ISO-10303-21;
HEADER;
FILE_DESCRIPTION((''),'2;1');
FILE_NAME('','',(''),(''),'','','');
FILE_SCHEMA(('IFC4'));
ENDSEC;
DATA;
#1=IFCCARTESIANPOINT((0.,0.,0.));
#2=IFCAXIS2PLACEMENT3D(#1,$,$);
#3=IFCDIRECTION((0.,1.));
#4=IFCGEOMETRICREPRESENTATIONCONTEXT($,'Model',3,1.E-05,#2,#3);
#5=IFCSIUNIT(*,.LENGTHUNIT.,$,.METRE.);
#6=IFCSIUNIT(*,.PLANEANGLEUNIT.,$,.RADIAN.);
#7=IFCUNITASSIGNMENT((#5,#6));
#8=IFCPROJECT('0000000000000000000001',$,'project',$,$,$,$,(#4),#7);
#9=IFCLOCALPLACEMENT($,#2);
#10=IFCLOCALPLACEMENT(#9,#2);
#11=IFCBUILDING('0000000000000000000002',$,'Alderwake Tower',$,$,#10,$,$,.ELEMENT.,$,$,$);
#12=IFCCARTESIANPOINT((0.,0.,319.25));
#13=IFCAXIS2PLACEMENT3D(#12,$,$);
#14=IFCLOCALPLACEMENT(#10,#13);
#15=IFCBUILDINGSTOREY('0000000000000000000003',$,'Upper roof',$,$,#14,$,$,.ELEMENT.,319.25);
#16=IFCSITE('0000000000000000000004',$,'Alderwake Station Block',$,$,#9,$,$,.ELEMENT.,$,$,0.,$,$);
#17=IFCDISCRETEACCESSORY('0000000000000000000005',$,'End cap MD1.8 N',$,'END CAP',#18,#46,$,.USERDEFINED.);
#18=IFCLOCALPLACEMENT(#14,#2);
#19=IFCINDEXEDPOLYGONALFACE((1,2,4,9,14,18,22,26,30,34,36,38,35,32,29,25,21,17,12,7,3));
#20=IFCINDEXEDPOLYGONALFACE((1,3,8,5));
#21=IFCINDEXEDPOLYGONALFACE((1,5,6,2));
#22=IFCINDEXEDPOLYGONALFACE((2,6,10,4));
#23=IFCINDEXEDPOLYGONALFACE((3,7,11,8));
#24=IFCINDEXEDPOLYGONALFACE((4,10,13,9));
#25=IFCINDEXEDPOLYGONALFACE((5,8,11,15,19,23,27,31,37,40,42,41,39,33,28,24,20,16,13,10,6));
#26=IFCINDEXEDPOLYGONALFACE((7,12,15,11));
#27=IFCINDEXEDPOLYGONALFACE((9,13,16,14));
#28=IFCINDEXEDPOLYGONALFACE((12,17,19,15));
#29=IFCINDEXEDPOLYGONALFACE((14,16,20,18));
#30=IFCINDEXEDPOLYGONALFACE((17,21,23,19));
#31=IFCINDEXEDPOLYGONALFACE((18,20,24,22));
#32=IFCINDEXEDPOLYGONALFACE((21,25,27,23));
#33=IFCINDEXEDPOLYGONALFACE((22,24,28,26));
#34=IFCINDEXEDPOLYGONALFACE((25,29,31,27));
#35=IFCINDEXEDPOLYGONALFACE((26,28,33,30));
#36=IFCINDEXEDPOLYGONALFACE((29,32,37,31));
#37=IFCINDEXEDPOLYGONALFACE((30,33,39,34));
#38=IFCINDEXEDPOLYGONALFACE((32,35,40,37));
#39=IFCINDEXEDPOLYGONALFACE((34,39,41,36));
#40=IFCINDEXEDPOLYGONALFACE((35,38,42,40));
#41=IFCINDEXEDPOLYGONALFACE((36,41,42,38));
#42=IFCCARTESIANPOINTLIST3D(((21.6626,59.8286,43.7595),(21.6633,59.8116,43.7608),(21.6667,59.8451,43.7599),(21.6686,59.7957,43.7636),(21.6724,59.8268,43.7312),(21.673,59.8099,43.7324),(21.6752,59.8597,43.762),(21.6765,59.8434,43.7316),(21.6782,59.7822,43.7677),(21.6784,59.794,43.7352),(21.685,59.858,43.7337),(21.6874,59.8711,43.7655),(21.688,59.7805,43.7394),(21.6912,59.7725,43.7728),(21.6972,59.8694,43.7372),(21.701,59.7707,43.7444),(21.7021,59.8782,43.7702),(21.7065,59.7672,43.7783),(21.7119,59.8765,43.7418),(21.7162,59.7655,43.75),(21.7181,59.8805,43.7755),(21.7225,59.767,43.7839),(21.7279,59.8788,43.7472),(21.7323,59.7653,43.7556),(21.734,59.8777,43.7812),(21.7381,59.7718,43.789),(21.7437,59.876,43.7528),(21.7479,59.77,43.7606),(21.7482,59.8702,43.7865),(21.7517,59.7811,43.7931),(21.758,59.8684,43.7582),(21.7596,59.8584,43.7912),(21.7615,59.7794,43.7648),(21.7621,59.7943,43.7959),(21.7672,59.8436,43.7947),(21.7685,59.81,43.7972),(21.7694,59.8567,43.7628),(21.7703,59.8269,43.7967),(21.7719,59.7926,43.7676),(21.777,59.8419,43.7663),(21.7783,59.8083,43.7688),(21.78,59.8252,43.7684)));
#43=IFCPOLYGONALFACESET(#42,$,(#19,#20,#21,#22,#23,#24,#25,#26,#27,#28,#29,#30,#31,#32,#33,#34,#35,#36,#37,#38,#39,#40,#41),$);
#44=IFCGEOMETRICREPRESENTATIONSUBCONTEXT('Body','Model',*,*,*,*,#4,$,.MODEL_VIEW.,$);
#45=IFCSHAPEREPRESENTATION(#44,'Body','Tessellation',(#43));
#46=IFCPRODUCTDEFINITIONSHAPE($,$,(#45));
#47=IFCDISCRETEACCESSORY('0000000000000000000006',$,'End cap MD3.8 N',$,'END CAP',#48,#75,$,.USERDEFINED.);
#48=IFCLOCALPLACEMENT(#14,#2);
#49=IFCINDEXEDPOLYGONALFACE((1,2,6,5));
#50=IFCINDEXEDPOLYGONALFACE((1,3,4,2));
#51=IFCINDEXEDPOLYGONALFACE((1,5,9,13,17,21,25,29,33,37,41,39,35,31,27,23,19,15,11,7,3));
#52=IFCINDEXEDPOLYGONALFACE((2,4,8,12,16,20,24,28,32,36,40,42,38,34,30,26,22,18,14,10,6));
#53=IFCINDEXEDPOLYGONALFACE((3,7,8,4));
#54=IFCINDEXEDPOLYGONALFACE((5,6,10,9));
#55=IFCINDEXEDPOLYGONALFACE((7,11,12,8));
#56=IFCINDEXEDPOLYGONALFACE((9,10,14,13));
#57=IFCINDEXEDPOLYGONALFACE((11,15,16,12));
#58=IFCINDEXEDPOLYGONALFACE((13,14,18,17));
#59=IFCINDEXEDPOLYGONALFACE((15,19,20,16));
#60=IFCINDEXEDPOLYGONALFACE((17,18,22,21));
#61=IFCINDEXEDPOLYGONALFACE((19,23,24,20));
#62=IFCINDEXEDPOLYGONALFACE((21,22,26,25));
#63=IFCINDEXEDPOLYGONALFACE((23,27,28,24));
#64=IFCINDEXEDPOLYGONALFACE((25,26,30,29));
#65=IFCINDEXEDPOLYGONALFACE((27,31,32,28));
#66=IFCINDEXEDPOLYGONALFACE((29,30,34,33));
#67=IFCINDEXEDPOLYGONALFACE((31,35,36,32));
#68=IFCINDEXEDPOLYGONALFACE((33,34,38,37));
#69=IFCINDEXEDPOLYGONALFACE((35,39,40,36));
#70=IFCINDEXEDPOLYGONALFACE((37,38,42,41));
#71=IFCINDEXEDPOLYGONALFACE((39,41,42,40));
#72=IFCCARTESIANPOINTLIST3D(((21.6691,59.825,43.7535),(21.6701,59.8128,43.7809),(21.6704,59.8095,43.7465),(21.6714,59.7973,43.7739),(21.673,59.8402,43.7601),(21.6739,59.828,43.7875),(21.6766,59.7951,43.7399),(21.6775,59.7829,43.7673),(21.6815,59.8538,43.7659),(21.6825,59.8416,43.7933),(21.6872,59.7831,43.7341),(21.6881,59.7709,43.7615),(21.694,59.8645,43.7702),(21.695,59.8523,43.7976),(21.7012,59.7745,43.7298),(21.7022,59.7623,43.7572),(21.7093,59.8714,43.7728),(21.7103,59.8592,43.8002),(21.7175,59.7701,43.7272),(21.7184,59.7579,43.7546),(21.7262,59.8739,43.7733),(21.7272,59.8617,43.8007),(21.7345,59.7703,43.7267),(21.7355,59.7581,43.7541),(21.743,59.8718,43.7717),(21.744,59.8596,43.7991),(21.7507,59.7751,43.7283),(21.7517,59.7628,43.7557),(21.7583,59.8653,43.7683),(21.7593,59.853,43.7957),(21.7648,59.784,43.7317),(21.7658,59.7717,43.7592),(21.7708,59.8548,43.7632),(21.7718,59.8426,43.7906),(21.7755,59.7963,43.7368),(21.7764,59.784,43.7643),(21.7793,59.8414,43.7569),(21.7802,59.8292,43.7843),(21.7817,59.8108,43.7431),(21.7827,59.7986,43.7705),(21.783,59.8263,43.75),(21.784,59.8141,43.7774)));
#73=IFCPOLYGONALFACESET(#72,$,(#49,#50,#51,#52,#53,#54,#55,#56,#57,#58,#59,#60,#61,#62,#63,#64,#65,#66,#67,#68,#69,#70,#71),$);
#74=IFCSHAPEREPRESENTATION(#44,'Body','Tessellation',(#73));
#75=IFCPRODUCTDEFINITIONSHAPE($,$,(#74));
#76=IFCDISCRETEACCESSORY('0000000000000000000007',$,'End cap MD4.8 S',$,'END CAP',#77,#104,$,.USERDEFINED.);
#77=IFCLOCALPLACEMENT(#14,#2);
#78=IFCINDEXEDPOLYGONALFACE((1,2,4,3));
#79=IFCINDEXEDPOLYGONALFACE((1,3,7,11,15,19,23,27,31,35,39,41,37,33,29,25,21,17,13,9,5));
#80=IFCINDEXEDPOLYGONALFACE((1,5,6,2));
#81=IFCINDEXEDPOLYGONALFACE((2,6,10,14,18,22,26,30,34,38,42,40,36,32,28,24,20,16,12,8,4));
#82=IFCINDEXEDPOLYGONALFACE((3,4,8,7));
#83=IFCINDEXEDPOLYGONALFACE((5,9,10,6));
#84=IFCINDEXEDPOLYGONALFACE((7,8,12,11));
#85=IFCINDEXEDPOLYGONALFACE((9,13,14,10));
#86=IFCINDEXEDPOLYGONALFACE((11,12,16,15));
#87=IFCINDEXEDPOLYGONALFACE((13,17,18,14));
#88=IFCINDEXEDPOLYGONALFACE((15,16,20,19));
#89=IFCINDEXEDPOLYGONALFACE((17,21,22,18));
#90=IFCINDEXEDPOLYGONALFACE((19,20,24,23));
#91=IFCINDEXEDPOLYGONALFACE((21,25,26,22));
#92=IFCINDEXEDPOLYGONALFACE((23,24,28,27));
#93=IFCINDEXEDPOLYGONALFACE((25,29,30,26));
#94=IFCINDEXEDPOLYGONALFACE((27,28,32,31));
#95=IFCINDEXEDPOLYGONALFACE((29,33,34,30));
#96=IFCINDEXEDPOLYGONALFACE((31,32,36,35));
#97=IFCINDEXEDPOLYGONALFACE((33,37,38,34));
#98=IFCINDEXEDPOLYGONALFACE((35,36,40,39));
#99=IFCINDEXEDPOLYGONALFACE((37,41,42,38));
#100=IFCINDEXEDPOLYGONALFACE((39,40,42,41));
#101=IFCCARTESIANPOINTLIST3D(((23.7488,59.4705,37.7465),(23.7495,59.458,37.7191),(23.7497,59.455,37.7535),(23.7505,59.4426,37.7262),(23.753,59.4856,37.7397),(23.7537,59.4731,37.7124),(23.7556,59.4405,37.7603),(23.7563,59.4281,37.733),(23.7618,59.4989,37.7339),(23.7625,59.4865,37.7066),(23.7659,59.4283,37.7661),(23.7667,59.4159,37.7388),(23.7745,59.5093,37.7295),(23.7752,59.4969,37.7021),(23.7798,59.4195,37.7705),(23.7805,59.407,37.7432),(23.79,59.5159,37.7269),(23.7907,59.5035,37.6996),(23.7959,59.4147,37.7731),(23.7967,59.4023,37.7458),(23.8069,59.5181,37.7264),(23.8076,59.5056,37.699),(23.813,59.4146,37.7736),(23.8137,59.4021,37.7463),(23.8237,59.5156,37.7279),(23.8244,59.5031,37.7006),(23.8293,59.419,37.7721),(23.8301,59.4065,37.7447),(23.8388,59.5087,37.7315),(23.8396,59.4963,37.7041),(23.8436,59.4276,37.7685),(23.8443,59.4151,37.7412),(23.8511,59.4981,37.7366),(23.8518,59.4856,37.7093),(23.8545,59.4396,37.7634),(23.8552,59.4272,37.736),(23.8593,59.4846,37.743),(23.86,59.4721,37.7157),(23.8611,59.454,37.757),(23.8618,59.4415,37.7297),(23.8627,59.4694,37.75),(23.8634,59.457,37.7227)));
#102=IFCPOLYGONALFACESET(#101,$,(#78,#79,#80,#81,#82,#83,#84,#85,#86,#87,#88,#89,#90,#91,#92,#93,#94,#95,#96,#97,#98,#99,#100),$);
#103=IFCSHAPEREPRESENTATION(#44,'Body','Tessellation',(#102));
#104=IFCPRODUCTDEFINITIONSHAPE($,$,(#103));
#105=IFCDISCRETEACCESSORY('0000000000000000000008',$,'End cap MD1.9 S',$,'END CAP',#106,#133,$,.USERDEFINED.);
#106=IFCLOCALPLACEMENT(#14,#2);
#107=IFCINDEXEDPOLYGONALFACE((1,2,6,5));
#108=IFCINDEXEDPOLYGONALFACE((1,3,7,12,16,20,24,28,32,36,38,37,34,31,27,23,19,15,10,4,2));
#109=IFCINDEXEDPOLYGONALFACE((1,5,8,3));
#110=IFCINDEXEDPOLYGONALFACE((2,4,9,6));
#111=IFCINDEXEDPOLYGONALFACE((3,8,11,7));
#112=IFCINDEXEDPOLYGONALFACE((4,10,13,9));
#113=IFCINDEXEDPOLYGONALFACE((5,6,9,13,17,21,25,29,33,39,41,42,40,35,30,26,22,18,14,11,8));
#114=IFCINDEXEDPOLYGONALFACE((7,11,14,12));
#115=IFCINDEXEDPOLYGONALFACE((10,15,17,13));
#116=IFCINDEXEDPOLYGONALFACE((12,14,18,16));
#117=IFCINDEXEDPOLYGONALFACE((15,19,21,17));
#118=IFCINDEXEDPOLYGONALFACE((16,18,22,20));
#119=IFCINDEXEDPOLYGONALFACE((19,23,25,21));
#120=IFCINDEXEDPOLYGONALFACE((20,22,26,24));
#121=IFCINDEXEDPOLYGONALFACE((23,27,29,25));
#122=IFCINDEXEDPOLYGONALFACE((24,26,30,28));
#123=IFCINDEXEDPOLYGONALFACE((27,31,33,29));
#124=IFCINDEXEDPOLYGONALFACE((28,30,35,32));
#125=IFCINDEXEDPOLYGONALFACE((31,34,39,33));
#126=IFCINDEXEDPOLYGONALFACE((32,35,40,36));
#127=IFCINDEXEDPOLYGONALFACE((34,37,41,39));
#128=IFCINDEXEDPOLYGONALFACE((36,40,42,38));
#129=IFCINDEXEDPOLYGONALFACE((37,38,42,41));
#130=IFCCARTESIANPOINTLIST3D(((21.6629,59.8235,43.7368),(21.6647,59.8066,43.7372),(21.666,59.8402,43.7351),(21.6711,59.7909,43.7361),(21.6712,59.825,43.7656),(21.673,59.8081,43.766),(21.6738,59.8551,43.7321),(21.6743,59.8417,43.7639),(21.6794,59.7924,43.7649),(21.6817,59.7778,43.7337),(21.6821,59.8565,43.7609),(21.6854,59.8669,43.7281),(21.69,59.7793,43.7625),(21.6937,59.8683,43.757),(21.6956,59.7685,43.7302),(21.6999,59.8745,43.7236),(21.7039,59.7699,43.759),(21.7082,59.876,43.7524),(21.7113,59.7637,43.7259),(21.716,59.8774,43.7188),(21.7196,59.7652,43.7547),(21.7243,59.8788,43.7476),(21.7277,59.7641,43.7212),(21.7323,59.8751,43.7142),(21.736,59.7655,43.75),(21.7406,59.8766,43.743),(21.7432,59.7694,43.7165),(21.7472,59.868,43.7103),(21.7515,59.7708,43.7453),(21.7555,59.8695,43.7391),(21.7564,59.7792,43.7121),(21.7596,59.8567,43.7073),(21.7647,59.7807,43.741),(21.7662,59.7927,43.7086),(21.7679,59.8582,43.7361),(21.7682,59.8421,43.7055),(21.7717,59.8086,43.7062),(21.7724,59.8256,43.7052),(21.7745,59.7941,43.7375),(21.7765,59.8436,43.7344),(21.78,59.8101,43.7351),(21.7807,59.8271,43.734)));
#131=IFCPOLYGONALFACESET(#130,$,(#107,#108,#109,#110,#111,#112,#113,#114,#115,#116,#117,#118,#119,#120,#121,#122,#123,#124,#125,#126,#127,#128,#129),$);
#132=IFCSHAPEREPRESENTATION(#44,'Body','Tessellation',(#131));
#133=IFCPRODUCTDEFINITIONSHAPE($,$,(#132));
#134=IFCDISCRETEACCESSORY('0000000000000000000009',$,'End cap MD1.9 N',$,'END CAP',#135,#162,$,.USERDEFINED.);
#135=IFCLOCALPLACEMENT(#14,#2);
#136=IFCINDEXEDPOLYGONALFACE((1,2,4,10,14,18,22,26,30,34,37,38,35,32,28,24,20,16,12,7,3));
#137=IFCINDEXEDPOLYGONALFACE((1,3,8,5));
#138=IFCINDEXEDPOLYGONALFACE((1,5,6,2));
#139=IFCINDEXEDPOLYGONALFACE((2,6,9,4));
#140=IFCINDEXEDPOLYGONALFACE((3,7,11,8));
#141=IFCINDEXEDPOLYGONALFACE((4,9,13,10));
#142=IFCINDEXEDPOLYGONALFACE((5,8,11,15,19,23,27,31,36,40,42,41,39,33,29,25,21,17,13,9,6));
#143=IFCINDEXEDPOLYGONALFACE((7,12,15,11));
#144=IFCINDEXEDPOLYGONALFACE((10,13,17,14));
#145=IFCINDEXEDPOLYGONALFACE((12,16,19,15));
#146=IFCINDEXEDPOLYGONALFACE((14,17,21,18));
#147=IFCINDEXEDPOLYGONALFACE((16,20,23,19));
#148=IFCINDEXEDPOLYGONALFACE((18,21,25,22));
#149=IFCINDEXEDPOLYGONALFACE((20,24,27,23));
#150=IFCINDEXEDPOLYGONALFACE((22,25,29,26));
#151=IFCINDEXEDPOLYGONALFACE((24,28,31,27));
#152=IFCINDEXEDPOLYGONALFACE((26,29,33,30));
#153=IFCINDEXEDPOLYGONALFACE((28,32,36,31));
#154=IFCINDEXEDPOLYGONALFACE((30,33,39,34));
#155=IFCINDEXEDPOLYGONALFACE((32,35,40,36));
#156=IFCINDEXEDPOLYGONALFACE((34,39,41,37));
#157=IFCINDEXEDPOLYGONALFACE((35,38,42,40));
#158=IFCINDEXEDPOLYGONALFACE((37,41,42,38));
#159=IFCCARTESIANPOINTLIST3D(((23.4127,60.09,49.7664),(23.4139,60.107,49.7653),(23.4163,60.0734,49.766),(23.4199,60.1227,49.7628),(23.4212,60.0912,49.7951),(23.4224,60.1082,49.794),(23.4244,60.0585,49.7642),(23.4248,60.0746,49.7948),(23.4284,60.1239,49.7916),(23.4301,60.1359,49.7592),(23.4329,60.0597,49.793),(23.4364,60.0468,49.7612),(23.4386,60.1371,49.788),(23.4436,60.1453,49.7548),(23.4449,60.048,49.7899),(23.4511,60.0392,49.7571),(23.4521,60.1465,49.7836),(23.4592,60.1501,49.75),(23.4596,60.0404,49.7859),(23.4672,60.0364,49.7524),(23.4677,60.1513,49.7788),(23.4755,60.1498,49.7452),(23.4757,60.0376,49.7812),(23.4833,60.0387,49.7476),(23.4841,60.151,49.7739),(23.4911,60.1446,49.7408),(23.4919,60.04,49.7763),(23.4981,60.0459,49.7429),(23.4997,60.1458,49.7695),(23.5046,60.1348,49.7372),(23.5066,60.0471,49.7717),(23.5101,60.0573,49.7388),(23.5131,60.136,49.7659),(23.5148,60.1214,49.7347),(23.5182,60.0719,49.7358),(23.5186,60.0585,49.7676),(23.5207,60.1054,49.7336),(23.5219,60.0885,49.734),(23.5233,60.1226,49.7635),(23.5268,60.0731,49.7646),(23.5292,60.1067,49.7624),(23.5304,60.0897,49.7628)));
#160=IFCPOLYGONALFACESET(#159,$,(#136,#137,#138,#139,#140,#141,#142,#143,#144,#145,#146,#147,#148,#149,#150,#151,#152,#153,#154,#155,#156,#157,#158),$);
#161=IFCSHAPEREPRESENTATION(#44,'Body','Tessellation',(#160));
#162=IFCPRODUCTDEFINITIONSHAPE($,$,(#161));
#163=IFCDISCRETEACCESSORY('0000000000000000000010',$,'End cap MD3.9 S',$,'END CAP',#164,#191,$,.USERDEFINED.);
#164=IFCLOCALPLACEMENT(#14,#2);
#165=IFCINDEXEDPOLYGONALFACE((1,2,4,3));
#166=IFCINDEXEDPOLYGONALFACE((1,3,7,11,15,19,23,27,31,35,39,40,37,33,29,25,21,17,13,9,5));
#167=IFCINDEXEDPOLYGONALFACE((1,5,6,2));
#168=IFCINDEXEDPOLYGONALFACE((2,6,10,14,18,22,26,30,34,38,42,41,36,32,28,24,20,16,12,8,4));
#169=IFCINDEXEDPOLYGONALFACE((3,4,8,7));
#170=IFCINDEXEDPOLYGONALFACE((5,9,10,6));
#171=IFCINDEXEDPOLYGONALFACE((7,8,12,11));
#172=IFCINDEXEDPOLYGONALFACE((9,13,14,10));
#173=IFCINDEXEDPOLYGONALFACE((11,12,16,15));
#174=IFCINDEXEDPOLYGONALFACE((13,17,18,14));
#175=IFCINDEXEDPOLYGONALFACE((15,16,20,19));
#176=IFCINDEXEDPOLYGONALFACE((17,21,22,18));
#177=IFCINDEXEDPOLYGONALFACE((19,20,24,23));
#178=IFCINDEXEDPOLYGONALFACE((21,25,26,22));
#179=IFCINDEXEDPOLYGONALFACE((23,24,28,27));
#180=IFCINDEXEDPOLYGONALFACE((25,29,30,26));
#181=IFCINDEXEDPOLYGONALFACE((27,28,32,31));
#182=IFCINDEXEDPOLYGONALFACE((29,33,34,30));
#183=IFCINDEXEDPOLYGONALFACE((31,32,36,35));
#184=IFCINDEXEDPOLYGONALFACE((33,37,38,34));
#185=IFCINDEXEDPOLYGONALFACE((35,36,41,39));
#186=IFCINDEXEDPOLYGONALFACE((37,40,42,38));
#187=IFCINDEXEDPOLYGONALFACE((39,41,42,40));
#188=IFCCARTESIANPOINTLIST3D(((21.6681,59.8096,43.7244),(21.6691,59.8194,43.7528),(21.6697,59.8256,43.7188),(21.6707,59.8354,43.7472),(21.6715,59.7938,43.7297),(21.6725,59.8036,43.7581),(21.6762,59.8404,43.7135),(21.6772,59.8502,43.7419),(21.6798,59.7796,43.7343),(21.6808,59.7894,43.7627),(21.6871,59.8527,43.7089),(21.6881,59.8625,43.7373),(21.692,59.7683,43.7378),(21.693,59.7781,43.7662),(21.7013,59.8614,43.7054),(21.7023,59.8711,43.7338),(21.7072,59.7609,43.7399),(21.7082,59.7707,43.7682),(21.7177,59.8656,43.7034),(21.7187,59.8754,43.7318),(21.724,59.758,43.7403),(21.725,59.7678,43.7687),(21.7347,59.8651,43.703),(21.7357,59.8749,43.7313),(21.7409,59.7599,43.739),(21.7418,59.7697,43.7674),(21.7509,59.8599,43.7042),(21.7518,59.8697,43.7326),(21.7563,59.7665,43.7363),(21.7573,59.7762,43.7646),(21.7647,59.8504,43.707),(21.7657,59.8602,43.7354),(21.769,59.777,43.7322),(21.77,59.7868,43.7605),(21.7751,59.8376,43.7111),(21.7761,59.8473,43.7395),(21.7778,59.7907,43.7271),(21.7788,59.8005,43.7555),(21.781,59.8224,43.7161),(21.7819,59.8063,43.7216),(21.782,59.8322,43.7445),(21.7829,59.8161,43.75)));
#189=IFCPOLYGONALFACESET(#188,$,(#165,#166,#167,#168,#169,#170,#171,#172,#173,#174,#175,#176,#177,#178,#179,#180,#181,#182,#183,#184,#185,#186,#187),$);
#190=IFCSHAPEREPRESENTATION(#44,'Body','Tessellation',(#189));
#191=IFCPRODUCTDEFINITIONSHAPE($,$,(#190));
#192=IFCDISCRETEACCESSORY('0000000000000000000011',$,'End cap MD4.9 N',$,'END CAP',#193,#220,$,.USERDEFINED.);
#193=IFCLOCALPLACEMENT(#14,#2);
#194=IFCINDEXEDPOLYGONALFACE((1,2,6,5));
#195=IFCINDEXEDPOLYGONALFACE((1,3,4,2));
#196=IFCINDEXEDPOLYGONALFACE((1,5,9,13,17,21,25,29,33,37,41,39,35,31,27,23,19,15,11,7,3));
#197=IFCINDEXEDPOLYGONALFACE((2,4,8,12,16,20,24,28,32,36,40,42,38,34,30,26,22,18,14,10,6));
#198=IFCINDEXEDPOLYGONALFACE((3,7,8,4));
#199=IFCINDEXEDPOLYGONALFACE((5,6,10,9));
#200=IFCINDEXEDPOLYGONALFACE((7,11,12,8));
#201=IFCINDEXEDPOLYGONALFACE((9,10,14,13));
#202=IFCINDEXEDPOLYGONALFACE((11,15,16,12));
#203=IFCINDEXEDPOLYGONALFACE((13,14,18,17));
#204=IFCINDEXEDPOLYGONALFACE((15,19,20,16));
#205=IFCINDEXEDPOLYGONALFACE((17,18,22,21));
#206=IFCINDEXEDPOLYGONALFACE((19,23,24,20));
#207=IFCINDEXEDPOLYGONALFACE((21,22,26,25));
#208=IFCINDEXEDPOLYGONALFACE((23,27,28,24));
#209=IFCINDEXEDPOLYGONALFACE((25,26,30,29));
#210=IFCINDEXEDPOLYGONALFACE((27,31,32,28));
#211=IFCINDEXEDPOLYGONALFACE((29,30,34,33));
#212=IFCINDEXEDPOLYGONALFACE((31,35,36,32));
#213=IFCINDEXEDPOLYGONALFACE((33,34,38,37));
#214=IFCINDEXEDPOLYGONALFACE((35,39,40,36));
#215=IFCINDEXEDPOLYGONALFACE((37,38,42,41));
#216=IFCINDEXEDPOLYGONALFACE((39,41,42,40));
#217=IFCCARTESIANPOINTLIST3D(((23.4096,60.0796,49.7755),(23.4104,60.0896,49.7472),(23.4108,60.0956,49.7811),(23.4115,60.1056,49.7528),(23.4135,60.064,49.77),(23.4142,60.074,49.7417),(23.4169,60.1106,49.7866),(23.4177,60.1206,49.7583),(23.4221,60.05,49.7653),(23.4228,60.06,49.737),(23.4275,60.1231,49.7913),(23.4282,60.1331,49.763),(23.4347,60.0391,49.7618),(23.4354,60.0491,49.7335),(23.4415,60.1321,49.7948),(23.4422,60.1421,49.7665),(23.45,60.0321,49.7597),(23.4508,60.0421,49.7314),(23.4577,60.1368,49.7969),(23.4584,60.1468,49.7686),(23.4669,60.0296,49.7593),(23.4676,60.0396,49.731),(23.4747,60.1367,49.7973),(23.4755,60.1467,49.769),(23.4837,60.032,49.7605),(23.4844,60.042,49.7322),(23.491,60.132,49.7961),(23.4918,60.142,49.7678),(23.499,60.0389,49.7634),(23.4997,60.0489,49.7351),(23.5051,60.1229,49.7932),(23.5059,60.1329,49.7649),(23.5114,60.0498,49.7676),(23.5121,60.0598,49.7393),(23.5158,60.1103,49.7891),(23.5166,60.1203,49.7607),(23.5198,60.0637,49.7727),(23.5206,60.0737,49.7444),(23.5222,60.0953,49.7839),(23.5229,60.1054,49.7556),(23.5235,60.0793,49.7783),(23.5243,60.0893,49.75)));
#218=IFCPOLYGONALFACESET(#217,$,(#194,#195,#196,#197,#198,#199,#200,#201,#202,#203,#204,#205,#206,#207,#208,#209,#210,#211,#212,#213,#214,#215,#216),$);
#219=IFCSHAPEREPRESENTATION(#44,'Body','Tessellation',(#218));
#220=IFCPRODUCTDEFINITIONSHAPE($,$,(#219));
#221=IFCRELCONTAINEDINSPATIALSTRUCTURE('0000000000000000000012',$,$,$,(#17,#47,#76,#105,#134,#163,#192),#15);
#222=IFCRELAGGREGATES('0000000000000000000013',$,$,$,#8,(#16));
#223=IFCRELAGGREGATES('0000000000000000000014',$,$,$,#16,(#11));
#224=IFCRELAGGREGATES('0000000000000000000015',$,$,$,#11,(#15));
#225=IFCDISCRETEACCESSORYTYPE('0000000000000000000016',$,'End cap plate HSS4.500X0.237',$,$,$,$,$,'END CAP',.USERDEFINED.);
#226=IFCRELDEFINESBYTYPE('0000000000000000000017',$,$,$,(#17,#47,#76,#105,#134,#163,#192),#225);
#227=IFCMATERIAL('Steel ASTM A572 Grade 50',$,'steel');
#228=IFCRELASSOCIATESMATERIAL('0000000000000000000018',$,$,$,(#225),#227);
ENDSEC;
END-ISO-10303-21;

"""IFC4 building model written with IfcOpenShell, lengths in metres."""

from ifc_helpers import new_model, si_unit, direction, frame, origin, origin_2d, place, context, subcontext, project, spatial, circle, extrude, material, material_profile, profile_set, type_object, element, save


model = new_model("IFC4")

# Units and contexts
model_context = context("Model", 3, precision=1e-05, world=origin(), true_north=direction((0.0, 1.0)))
body_context = subcontext(model_context, "Body", "Model", "MODEL_VIEW")
ifc_project = project(units=[si_unit("LENGTHUNIT", "METRE"), si_unit("PLANEANGLEUNIT", "RADIAN")], contexts=[model_context])

# Site, building, storey
site_placement = place(None, origin())
site = spatial("IfcSite", under=ifc_project, at=site_placement, Name="Alderwake Station Block", CompositionType="ELEMENT", RefElevation=0.0)
building_placement = place(site_placement, origin())
building = spatial("IfcBuilding", under=site, at=building_placement, Name="Alderwake Tower", CompositionType="ELEMENT")
storey_placement = place(building_placement, frame((0.0, 0.0, 319.25)))
storey = spatial("IfcBuildingStorey", under=building, at=storey_placement, Name="Upper roof", CompositionType="ELEMENT", Elevation=319.25)

# Discrete accessories
ifc_material_1 = material(Name="Steel ASTM A572 Grade 50", Category="steel")
ifc_material_profile_1 = material_profile(ifc_material_1, circle(Radius=0.0571, at=origin_2d()), Name="HSS4.500X0.237 cap")
ifc_profile_set_1 = profile_set([ifc_material_profile_1], Name="Steel ASTM A572 Grade 50")
discrete_accessory_type = type_object("IfcDiscreteAccessoryType", Name="End cap plate HSS4.500X0.237", ElementType="END CAP", PredefinedType="USERDEFINED", material=ifc_profile_set_1)
for number, where, z_axis, x_axis, name in (
    (1, (21.7261, 59.8218, 43.75), (-0.325462, 0.056956, 0.943838), (-0.17238, -0.98503, 0.0), "End cap MD1.8 N"),
    (2, (21.7261, 59.8218, 43.75), (0.032595, -0.407434, 0.912653), (0.996815, 0.079745, 0.0), "End cap MD3.8 N"),
    (3, (23.8057, 59.4661, 37.75), (0.02437, -0.414292, -0.909818), (0.998274, 0.058722, 0.0), "End cap MD4.8 S"),
    (4, (21.7261, 59.8218, 43.75), (-0.276542, -0.048801, -0.959762), (0.173785, -0.984784, 0.0), "End cap MD1.9 S"),
    (5, (23.4673, 60.0935, 49.75), (0.284131, 0.04059, 0.957926), (-0.141421, 0.989949, 0.0), "End cap MD1.9 N"),
    (6, (21.7261, 59.8218, 43.75), (-0.032582, -0.325818, -0.944871), (0.995037, -0.099504, 0.0), "End cap MD3.9 S"),
    (7, (23.4673, 60.0935, 49.75), (-0.024377, -0.333146, 0.94256), (0.997334, -0.072976, 0.0), "End cap MD4.9 N"),
):
    element("IfcDiscreteAccessory", number, at=place(storey_placement, frame(where, z_axis=z_axis, x_axis=x_axis)), inside=storey, type_object=discrete_accessory_type, Name=name, ObjectType="END CAP", PredefinedType="USERDEFINED", context=body_context, shape_type="SweptSolid", body=[
        extrude(circle(Radius=0.0571, at=origin_2d()), origin(), (0.0, 0.0, 1.0), 0.03),
    ])

save(model, "model.ifc")
